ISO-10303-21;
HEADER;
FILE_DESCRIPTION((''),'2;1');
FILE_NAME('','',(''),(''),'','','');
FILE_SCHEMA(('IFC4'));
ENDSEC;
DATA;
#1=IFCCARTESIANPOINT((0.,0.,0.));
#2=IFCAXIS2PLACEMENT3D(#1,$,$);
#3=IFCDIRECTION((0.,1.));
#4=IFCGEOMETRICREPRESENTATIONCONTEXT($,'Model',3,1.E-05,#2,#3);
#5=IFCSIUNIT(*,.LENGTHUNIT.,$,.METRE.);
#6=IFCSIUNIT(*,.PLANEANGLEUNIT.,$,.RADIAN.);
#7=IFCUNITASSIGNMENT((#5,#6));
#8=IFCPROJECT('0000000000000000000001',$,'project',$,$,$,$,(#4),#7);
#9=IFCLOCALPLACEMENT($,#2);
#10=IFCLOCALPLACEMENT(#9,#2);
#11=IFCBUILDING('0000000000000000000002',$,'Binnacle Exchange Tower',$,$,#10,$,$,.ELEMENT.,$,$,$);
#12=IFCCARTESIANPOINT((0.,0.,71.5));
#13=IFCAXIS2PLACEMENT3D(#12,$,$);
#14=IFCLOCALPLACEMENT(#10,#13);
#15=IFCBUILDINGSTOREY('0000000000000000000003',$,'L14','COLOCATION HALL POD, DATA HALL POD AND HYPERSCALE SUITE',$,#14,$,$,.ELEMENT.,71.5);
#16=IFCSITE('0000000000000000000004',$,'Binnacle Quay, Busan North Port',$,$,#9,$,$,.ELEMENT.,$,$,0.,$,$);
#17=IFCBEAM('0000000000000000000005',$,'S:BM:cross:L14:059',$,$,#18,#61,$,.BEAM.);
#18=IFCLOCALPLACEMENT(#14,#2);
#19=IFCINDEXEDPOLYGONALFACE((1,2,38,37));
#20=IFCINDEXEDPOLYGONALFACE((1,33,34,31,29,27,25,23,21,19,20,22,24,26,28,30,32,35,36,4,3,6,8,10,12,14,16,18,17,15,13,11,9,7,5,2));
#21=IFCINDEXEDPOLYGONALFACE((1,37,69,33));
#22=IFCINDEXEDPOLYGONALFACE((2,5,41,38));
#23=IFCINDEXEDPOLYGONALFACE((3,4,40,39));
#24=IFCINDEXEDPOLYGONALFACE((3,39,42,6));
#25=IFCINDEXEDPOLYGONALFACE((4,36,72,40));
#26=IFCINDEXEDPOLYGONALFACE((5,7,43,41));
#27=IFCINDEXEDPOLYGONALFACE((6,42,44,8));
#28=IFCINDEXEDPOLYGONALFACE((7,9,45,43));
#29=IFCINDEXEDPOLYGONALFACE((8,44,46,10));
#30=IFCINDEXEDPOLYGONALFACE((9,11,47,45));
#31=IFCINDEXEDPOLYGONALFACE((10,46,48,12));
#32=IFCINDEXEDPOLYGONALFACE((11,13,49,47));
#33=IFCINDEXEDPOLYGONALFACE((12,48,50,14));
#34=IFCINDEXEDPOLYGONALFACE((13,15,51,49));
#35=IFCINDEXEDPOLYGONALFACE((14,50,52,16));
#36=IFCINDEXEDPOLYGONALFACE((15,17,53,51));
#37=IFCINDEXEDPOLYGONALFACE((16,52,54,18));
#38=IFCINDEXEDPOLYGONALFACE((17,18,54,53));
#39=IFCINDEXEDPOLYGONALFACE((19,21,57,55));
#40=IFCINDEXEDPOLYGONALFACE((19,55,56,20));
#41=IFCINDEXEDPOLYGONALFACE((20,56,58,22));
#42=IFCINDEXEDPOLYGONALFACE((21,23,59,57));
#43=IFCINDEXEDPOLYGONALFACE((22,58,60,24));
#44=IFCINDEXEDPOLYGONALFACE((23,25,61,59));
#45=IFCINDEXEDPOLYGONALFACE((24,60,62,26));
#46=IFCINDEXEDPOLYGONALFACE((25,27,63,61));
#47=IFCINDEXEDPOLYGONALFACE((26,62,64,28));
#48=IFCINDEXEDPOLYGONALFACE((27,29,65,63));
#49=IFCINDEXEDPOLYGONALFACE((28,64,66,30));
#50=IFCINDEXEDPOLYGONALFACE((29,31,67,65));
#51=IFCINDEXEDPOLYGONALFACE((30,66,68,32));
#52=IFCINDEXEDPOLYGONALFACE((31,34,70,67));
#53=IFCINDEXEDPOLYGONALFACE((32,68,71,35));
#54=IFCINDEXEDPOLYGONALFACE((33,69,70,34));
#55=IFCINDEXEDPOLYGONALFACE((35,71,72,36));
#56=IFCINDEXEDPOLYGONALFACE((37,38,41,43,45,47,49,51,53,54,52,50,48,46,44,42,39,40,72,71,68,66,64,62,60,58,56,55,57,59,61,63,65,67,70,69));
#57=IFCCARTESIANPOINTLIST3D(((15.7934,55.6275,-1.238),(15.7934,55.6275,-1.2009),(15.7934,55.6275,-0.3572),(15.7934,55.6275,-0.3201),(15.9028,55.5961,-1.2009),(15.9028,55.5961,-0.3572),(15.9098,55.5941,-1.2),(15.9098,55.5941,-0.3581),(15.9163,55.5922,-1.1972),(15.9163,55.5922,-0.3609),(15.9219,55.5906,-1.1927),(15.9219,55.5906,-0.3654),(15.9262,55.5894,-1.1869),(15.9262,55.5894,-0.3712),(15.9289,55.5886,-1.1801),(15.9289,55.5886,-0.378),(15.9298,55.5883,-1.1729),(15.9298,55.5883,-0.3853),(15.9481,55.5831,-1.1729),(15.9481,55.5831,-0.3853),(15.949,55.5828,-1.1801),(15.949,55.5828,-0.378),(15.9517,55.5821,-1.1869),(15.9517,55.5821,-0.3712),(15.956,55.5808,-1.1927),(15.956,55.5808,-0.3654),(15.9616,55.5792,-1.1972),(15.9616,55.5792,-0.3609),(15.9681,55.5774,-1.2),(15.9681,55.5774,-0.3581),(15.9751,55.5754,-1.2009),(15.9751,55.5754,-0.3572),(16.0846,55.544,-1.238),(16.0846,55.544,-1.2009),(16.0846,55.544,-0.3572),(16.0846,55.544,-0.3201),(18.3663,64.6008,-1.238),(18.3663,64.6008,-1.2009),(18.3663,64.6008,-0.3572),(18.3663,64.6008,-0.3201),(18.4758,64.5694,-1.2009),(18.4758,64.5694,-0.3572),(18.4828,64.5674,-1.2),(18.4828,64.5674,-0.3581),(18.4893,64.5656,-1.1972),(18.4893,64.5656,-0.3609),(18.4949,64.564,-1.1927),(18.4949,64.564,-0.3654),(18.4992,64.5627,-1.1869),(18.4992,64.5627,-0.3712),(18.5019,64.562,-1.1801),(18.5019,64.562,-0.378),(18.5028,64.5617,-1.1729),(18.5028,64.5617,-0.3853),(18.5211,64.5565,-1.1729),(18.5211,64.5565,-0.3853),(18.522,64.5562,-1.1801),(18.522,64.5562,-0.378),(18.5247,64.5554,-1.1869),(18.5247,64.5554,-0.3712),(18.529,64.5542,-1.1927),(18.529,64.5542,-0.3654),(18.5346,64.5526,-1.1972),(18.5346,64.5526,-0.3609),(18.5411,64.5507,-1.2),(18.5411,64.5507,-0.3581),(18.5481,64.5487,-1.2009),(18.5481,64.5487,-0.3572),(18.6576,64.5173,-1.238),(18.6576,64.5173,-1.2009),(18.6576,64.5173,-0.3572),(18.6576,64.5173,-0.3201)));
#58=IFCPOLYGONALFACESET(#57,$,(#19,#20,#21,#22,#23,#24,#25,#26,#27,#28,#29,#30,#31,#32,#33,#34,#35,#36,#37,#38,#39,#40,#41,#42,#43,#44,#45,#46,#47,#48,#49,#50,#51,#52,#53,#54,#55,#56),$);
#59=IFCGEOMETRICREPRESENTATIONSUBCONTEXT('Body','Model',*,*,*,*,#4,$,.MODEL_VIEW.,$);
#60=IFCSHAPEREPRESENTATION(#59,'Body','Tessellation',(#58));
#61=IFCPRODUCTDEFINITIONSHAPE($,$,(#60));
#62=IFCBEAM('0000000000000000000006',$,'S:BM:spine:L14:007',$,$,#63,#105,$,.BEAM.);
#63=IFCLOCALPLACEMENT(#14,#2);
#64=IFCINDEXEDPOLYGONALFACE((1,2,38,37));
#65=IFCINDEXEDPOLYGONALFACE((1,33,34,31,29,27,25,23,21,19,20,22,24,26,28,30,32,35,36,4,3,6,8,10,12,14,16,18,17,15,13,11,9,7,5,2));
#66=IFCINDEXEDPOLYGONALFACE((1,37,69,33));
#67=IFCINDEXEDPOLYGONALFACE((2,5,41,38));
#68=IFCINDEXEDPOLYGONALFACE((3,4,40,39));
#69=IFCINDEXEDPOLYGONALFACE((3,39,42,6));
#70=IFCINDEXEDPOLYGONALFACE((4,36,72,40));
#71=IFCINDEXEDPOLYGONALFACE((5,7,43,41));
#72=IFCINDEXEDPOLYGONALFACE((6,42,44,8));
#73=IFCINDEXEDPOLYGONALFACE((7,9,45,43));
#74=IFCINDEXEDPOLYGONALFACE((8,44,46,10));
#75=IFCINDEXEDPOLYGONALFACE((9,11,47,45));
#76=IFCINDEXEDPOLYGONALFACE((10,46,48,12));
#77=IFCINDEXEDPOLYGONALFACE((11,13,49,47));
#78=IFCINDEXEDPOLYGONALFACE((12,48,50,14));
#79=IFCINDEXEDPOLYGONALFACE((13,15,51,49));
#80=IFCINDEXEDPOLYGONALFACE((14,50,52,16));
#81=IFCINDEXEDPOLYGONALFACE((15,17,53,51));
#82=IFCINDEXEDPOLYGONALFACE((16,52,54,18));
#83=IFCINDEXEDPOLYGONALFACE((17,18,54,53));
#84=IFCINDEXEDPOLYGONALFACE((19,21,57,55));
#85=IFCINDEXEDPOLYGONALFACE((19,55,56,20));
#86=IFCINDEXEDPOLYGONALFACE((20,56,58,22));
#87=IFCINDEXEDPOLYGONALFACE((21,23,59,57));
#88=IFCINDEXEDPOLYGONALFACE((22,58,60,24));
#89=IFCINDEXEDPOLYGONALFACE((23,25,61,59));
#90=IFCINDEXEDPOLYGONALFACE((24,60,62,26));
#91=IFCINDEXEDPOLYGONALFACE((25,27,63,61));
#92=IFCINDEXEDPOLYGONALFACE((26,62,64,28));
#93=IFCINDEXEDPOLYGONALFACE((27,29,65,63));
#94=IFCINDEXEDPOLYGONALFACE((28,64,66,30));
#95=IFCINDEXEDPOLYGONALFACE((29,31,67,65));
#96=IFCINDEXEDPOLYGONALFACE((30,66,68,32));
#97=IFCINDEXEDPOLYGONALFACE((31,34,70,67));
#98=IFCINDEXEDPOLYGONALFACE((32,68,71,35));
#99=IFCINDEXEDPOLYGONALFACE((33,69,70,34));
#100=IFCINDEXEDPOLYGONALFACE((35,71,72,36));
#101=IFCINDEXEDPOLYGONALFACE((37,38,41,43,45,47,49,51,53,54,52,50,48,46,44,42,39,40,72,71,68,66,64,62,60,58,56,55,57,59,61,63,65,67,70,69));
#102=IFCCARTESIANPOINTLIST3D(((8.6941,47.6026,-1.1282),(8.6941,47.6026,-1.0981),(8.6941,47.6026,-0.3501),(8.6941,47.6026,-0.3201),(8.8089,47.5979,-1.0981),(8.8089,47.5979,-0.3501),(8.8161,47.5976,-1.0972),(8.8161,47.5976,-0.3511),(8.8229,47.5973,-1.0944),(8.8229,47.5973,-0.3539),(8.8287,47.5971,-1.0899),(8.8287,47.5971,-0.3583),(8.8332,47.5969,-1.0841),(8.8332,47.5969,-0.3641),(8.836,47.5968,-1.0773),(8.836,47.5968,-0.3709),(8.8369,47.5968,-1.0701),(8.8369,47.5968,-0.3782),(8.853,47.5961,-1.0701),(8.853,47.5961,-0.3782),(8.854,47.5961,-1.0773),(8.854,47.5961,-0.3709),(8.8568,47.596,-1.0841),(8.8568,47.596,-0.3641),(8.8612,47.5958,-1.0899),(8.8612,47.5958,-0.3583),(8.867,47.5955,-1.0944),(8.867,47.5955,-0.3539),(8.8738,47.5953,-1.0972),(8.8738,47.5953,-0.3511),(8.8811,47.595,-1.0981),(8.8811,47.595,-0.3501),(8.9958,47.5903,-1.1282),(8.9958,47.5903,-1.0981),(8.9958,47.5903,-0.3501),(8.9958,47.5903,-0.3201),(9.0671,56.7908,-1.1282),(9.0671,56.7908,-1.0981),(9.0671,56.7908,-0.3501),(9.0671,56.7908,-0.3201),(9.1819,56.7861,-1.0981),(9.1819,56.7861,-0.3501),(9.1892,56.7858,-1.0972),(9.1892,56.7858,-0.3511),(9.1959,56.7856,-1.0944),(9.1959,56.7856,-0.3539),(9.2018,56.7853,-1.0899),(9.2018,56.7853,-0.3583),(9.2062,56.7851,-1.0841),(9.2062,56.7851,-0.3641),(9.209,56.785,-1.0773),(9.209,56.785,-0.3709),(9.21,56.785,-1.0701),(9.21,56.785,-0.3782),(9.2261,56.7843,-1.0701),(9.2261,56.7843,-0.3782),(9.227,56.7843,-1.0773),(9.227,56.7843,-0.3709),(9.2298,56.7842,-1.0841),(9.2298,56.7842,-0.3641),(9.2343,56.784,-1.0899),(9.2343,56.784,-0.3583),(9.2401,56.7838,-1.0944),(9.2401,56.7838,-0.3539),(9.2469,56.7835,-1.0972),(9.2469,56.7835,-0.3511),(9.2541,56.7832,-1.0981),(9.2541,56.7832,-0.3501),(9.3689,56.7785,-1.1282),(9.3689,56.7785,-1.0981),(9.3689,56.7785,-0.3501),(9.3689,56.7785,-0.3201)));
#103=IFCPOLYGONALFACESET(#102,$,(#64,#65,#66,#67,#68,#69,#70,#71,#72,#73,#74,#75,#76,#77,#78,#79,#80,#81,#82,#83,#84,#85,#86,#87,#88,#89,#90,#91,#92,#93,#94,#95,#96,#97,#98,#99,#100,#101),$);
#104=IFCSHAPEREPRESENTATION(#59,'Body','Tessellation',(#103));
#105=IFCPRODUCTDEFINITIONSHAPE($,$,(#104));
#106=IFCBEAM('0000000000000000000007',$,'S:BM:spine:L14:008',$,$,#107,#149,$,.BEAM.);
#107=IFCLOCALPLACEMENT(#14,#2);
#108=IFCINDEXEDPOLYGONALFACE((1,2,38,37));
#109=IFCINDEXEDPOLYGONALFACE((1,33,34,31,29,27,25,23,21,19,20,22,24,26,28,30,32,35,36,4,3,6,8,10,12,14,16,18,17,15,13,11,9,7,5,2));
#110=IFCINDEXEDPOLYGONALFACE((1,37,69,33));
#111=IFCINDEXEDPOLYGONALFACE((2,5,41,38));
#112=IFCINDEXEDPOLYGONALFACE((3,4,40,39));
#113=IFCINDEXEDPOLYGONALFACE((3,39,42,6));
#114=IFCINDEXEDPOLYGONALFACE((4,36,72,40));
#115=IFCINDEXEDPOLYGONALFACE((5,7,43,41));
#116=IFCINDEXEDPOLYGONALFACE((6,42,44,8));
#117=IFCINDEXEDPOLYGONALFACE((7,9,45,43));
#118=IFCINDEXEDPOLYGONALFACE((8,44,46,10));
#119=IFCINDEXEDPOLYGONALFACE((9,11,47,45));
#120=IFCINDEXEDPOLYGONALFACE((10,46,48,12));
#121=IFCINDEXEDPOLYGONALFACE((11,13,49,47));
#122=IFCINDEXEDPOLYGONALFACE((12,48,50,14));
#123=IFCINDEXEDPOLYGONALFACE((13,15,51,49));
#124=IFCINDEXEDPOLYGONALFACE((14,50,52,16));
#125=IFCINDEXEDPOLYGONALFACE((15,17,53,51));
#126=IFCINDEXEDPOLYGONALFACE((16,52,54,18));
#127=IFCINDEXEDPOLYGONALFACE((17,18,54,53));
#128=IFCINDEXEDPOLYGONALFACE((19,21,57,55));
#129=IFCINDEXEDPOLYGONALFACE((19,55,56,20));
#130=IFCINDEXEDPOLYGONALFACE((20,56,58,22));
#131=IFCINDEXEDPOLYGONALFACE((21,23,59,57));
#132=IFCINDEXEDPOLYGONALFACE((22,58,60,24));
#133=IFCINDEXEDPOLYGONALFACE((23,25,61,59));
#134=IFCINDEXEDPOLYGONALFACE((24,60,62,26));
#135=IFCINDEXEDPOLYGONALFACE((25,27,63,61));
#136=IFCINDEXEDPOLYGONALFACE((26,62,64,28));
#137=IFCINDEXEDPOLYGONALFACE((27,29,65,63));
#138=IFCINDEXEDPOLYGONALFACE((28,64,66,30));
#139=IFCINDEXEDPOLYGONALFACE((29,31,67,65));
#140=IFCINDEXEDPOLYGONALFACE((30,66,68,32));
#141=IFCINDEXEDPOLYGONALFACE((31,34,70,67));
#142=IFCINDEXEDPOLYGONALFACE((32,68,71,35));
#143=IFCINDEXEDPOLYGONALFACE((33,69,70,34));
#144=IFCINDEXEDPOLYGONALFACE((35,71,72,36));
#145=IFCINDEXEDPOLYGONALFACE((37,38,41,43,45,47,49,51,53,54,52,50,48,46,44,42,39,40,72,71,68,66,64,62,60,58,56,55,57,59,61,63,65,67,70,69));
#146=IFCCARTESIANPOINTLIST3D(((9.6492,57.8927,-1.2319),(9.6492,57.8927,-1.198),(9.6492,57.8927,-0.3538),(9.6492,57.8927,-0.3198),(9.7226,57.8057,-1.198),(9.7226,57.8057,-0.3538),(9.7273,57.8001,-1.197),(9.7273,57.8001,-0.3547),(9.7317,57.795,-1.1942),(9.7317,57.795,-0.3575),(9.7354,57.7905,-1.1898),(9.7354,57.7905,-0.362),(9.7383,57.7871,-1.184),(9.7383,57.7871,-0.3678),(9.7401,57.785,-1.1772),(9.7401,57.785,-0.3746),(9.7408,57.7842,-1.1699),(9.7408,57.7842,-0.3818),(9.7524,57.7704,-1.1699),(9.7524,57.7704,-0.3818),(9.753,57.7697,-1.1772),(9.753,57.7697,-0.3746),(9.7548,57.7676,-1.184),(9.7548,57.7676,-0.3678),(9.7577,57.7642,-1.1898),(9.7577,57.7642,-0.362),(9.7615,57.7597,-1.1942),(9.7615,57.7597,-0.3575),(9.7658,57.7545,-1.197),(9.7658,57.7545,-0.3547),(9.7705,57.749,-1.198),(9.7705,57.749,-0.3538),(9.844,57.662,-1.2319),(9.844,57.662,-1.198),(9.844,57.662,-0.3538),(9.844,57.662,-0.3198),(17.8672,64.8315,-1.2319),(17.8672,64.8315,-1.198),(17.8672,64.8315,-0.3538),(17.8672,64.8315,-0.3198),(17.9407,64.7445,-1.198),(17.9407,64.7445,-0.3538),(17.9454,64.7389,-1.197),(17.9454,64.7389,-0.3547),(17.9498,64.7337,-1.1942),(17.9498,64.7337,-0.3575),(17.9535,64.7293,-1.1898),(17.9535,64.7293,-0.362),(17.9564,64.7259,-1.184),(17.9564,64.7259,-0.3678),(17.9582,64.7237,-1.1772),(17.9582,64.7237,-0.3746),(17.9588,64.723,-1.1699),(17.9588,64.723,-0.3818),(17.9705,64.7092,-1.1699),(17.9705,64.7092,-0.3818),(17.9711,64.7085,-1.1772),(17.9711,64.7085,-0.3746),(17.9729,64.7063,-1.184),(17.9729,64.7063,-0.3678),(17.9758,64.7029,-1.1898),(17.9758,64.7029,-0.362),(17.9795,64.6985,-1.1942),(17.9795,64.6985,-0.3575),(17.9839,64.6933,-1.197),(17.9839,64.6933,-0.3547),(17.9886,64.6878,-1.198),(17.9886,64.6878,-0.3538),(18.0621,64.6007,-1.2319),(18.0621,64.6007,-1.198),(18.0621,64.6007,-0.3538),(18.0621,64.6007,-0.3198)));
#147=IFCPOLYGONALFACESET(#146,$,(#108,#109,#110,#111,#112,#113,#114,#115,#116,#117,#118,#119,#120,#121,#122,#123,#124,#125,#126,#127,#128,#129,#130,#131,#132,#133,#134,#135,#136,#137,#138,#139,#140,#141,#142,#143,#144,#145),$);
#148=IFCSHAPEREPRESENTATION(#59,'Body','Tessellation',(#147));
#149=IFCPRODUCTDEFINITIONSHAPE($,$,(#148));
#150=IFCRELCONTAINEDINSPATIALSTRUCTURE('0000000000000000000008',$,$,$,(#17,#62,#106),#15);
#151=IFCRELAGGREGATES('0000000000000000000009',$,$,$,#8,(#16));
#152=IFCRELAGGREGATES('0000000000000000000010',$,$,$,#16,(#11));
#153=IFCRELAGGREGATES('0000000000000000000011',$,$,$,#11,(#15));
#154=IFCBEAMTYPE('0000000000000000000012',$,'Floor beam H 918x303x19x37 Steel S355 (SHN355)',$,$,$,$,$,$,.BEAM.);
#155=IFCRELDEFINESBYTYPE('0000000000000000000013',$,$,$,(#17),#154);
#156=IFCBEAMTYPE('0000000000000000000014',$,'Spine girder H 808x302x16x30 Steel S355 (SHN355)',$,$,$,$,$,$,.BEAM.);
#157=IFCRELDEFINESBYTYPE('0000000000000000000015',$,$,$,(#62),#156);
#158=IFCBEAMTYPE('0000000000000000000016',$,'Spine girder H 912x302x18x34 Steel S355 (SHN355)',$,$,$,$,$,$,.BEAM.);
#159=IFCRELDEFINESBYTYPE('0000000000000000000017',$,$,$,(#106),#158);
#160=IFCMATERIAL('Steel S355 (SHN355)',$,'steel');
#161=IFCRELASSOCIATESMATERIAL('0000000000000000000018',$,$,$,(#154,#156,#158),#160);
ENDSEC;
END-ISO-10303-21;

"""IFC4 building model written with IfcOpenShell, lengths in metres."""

from ifc_helpers import new_model, si_unit, direction, frame, origin, origin_2d, place, context, subcontext, project, spatial, i_section, extrude, material, material_profile, profile_set, type_object, element, save


model = new_model("IFC4")

# Units and contexts
model_context = context("Model", 3, precision=1e-05, world=origin(), true_north=direction((0.0, 1.0)))
body_context = subcontext(model_context, "Body", "Model", "MODEL_VIEW")
ifc_project = project(units=[si_unit("LENGTHUNIT", "METRE"), si_unit("PLANEANGLEUNIT", "RADIAN")], contexts=[model_context])

# Site, building, storey
site_placement = place(None, origin())
site = spatial("IfcSite", under=ifc_project, at=site_placement, Name="Binnacle Quay, Busan North Port", CompositionType="ELEMENT", RefElevation=0.0)
building_placement = place(site_placement, origin())
building = spatial("IfcBuilding", under=site, at=building_placement, Name="Binnacle Exchange Tower", CompositionType="ELEMENT")
storey_placement = place(building_placement, frame((0.0, 0.0, 71.5)))
storey = spatial("IfcBuildingStorey", under=building, at=storey_placement, Name="L14", Description="COLOCATION HALL POD, DATA HALL POD AND HYPERSCALE SUITE", CompositionType="ELEMENT", Elevation=71.5)

# Beams
ifc_material_1 = material(Name="Steel S355 (SHN355)", Category="steel")
ifc_material_profile_1 = material_profile(ifc_material_1, i_section(OverallWidth=0.303, OverallDepth=0.918, WebThickness=0.019, FlangeThickness=0.0371, FilletRadius=0.0281, at=origin_2d()), Name="H 918x303x19x37")
ifc_profile_set_1 = profile_set([ifc_material_profile_1], Name="Steel S355 (SHN355)")
beam_type_1 = type_object("IfcBeamType", Name="Floor beam H 918x303x19x37 Steel S355 (SHN355)", PredefinedType="BEAM", material=ifc_profile_set_1)
beam_1_placement = place(storey_placement, frame((18.512, 64.5591, -0.7791), z_axis=(-0.275629, -0.961264, 0.0), x_axis=(0.961264, -0.275629, 0.0)))
element("IfcBeam", 1, at=beam_1_placement, inside=storey, type_object=beam_type_1, Name="S:BM:cross:L14:059", PredefinedType="BEAM", context=body_context, shape_type="SweptSolid", body=[
    extrude(i_section(OverallWidth=0.303, OverallDepth=0.918, WebThickness=0.019, FlangeThickness=0.0371, FilletRadius=0.0281, at=origin_2d()), origin(), (0.0, 0.0, 1.0), 9.335),
])
ifc_material_profile_2 = material_profile(ifc_material_1, i_section(OverallWidth=0.302, OverallDepth=0.8081, WebThickness=0.0161, FlangeThickness=0.03, FilletRadius=0.0281, at=origin_2d()), Name="H 808x302x16x30")
ifc_profile_set_2 = profile_set([ifc_material_profile_2], Name="Steel S355 (SHN355)")
beam_type_2 = type_object("IfcBeamType", Name="Spine girder H 808x302x16x30 Steel S355 (SHN355)", PredefinedType="BEAM", material=ifc_profile_set_2)
beam_2_placement = place(storey_placement, frame((9.218, 56.7847, -0.7241), z_axis=(-0.040567, -0.999177, 0.0), x_axis=(0.999177, -0.040567, 0.0)))
element("IfcBeam", 2, at=beam_2_placement, inside=storey, type_object=beam_type_2, Name="S:BM:spine:L14:007", PredefinedType="BEAM", context=body_context, shape_type="SweptSolid", body=[
    extrude(i_section(OverallWidth=0.302, OverallDepth=0.8081, WebThickness=0.0161, FlangeThickness=0.03, FilletRadius=0.0281, at=origin_2d()), origin(), (0.0, 0.0, 1.0), 9.1958),
])
ifc_material_profile_3 = material_profile(ifc_material_1, i_section(OverallWidth=0.302, OverallDepth=0.9121, WebThickness=0.0181, FlangeThickness=0.0339, FilletRadius=0.0281, at=origin_2d()), Name="H 912x302x18x34")
ifc_profile_set_3 = profile_set([ifc_material_profile_3], Name="Steel S355 (SHN355)")
beam_type_3 = type_object("IfcBeamType", Name="Spine girder H 912x302x18x34 Steel S355 (SHN355)", PredefinedType="BEAM", material=ifc_profile_set_3)
beam_3_placement = place(storey_placement, frame((9.7466, 57.7773, -0.7759), z_axis=(0.764073, 0.64513, 0.0), x_axis=(-0.64513, 0.764073, 0.0)))
element("IfcBeam", 3, at=beam_3_placement, inside=storey, type_object=beam_type_3, Name="S:BM:spine:L14:008", PredefinedType="BEAM", context=body_context, shape_type="SweptSolid", body=[
    extrude(i_section(OverallWidth=0.302, OverallDepth=0.9121, WebThickness=0.0181, FlangeThickness=0.0339, FilletRadius=0.0281, at=origin_2d()), origin(), (0.0, 0.0, 1.0), 10.7556),
])

save(model, "model.ifc")
